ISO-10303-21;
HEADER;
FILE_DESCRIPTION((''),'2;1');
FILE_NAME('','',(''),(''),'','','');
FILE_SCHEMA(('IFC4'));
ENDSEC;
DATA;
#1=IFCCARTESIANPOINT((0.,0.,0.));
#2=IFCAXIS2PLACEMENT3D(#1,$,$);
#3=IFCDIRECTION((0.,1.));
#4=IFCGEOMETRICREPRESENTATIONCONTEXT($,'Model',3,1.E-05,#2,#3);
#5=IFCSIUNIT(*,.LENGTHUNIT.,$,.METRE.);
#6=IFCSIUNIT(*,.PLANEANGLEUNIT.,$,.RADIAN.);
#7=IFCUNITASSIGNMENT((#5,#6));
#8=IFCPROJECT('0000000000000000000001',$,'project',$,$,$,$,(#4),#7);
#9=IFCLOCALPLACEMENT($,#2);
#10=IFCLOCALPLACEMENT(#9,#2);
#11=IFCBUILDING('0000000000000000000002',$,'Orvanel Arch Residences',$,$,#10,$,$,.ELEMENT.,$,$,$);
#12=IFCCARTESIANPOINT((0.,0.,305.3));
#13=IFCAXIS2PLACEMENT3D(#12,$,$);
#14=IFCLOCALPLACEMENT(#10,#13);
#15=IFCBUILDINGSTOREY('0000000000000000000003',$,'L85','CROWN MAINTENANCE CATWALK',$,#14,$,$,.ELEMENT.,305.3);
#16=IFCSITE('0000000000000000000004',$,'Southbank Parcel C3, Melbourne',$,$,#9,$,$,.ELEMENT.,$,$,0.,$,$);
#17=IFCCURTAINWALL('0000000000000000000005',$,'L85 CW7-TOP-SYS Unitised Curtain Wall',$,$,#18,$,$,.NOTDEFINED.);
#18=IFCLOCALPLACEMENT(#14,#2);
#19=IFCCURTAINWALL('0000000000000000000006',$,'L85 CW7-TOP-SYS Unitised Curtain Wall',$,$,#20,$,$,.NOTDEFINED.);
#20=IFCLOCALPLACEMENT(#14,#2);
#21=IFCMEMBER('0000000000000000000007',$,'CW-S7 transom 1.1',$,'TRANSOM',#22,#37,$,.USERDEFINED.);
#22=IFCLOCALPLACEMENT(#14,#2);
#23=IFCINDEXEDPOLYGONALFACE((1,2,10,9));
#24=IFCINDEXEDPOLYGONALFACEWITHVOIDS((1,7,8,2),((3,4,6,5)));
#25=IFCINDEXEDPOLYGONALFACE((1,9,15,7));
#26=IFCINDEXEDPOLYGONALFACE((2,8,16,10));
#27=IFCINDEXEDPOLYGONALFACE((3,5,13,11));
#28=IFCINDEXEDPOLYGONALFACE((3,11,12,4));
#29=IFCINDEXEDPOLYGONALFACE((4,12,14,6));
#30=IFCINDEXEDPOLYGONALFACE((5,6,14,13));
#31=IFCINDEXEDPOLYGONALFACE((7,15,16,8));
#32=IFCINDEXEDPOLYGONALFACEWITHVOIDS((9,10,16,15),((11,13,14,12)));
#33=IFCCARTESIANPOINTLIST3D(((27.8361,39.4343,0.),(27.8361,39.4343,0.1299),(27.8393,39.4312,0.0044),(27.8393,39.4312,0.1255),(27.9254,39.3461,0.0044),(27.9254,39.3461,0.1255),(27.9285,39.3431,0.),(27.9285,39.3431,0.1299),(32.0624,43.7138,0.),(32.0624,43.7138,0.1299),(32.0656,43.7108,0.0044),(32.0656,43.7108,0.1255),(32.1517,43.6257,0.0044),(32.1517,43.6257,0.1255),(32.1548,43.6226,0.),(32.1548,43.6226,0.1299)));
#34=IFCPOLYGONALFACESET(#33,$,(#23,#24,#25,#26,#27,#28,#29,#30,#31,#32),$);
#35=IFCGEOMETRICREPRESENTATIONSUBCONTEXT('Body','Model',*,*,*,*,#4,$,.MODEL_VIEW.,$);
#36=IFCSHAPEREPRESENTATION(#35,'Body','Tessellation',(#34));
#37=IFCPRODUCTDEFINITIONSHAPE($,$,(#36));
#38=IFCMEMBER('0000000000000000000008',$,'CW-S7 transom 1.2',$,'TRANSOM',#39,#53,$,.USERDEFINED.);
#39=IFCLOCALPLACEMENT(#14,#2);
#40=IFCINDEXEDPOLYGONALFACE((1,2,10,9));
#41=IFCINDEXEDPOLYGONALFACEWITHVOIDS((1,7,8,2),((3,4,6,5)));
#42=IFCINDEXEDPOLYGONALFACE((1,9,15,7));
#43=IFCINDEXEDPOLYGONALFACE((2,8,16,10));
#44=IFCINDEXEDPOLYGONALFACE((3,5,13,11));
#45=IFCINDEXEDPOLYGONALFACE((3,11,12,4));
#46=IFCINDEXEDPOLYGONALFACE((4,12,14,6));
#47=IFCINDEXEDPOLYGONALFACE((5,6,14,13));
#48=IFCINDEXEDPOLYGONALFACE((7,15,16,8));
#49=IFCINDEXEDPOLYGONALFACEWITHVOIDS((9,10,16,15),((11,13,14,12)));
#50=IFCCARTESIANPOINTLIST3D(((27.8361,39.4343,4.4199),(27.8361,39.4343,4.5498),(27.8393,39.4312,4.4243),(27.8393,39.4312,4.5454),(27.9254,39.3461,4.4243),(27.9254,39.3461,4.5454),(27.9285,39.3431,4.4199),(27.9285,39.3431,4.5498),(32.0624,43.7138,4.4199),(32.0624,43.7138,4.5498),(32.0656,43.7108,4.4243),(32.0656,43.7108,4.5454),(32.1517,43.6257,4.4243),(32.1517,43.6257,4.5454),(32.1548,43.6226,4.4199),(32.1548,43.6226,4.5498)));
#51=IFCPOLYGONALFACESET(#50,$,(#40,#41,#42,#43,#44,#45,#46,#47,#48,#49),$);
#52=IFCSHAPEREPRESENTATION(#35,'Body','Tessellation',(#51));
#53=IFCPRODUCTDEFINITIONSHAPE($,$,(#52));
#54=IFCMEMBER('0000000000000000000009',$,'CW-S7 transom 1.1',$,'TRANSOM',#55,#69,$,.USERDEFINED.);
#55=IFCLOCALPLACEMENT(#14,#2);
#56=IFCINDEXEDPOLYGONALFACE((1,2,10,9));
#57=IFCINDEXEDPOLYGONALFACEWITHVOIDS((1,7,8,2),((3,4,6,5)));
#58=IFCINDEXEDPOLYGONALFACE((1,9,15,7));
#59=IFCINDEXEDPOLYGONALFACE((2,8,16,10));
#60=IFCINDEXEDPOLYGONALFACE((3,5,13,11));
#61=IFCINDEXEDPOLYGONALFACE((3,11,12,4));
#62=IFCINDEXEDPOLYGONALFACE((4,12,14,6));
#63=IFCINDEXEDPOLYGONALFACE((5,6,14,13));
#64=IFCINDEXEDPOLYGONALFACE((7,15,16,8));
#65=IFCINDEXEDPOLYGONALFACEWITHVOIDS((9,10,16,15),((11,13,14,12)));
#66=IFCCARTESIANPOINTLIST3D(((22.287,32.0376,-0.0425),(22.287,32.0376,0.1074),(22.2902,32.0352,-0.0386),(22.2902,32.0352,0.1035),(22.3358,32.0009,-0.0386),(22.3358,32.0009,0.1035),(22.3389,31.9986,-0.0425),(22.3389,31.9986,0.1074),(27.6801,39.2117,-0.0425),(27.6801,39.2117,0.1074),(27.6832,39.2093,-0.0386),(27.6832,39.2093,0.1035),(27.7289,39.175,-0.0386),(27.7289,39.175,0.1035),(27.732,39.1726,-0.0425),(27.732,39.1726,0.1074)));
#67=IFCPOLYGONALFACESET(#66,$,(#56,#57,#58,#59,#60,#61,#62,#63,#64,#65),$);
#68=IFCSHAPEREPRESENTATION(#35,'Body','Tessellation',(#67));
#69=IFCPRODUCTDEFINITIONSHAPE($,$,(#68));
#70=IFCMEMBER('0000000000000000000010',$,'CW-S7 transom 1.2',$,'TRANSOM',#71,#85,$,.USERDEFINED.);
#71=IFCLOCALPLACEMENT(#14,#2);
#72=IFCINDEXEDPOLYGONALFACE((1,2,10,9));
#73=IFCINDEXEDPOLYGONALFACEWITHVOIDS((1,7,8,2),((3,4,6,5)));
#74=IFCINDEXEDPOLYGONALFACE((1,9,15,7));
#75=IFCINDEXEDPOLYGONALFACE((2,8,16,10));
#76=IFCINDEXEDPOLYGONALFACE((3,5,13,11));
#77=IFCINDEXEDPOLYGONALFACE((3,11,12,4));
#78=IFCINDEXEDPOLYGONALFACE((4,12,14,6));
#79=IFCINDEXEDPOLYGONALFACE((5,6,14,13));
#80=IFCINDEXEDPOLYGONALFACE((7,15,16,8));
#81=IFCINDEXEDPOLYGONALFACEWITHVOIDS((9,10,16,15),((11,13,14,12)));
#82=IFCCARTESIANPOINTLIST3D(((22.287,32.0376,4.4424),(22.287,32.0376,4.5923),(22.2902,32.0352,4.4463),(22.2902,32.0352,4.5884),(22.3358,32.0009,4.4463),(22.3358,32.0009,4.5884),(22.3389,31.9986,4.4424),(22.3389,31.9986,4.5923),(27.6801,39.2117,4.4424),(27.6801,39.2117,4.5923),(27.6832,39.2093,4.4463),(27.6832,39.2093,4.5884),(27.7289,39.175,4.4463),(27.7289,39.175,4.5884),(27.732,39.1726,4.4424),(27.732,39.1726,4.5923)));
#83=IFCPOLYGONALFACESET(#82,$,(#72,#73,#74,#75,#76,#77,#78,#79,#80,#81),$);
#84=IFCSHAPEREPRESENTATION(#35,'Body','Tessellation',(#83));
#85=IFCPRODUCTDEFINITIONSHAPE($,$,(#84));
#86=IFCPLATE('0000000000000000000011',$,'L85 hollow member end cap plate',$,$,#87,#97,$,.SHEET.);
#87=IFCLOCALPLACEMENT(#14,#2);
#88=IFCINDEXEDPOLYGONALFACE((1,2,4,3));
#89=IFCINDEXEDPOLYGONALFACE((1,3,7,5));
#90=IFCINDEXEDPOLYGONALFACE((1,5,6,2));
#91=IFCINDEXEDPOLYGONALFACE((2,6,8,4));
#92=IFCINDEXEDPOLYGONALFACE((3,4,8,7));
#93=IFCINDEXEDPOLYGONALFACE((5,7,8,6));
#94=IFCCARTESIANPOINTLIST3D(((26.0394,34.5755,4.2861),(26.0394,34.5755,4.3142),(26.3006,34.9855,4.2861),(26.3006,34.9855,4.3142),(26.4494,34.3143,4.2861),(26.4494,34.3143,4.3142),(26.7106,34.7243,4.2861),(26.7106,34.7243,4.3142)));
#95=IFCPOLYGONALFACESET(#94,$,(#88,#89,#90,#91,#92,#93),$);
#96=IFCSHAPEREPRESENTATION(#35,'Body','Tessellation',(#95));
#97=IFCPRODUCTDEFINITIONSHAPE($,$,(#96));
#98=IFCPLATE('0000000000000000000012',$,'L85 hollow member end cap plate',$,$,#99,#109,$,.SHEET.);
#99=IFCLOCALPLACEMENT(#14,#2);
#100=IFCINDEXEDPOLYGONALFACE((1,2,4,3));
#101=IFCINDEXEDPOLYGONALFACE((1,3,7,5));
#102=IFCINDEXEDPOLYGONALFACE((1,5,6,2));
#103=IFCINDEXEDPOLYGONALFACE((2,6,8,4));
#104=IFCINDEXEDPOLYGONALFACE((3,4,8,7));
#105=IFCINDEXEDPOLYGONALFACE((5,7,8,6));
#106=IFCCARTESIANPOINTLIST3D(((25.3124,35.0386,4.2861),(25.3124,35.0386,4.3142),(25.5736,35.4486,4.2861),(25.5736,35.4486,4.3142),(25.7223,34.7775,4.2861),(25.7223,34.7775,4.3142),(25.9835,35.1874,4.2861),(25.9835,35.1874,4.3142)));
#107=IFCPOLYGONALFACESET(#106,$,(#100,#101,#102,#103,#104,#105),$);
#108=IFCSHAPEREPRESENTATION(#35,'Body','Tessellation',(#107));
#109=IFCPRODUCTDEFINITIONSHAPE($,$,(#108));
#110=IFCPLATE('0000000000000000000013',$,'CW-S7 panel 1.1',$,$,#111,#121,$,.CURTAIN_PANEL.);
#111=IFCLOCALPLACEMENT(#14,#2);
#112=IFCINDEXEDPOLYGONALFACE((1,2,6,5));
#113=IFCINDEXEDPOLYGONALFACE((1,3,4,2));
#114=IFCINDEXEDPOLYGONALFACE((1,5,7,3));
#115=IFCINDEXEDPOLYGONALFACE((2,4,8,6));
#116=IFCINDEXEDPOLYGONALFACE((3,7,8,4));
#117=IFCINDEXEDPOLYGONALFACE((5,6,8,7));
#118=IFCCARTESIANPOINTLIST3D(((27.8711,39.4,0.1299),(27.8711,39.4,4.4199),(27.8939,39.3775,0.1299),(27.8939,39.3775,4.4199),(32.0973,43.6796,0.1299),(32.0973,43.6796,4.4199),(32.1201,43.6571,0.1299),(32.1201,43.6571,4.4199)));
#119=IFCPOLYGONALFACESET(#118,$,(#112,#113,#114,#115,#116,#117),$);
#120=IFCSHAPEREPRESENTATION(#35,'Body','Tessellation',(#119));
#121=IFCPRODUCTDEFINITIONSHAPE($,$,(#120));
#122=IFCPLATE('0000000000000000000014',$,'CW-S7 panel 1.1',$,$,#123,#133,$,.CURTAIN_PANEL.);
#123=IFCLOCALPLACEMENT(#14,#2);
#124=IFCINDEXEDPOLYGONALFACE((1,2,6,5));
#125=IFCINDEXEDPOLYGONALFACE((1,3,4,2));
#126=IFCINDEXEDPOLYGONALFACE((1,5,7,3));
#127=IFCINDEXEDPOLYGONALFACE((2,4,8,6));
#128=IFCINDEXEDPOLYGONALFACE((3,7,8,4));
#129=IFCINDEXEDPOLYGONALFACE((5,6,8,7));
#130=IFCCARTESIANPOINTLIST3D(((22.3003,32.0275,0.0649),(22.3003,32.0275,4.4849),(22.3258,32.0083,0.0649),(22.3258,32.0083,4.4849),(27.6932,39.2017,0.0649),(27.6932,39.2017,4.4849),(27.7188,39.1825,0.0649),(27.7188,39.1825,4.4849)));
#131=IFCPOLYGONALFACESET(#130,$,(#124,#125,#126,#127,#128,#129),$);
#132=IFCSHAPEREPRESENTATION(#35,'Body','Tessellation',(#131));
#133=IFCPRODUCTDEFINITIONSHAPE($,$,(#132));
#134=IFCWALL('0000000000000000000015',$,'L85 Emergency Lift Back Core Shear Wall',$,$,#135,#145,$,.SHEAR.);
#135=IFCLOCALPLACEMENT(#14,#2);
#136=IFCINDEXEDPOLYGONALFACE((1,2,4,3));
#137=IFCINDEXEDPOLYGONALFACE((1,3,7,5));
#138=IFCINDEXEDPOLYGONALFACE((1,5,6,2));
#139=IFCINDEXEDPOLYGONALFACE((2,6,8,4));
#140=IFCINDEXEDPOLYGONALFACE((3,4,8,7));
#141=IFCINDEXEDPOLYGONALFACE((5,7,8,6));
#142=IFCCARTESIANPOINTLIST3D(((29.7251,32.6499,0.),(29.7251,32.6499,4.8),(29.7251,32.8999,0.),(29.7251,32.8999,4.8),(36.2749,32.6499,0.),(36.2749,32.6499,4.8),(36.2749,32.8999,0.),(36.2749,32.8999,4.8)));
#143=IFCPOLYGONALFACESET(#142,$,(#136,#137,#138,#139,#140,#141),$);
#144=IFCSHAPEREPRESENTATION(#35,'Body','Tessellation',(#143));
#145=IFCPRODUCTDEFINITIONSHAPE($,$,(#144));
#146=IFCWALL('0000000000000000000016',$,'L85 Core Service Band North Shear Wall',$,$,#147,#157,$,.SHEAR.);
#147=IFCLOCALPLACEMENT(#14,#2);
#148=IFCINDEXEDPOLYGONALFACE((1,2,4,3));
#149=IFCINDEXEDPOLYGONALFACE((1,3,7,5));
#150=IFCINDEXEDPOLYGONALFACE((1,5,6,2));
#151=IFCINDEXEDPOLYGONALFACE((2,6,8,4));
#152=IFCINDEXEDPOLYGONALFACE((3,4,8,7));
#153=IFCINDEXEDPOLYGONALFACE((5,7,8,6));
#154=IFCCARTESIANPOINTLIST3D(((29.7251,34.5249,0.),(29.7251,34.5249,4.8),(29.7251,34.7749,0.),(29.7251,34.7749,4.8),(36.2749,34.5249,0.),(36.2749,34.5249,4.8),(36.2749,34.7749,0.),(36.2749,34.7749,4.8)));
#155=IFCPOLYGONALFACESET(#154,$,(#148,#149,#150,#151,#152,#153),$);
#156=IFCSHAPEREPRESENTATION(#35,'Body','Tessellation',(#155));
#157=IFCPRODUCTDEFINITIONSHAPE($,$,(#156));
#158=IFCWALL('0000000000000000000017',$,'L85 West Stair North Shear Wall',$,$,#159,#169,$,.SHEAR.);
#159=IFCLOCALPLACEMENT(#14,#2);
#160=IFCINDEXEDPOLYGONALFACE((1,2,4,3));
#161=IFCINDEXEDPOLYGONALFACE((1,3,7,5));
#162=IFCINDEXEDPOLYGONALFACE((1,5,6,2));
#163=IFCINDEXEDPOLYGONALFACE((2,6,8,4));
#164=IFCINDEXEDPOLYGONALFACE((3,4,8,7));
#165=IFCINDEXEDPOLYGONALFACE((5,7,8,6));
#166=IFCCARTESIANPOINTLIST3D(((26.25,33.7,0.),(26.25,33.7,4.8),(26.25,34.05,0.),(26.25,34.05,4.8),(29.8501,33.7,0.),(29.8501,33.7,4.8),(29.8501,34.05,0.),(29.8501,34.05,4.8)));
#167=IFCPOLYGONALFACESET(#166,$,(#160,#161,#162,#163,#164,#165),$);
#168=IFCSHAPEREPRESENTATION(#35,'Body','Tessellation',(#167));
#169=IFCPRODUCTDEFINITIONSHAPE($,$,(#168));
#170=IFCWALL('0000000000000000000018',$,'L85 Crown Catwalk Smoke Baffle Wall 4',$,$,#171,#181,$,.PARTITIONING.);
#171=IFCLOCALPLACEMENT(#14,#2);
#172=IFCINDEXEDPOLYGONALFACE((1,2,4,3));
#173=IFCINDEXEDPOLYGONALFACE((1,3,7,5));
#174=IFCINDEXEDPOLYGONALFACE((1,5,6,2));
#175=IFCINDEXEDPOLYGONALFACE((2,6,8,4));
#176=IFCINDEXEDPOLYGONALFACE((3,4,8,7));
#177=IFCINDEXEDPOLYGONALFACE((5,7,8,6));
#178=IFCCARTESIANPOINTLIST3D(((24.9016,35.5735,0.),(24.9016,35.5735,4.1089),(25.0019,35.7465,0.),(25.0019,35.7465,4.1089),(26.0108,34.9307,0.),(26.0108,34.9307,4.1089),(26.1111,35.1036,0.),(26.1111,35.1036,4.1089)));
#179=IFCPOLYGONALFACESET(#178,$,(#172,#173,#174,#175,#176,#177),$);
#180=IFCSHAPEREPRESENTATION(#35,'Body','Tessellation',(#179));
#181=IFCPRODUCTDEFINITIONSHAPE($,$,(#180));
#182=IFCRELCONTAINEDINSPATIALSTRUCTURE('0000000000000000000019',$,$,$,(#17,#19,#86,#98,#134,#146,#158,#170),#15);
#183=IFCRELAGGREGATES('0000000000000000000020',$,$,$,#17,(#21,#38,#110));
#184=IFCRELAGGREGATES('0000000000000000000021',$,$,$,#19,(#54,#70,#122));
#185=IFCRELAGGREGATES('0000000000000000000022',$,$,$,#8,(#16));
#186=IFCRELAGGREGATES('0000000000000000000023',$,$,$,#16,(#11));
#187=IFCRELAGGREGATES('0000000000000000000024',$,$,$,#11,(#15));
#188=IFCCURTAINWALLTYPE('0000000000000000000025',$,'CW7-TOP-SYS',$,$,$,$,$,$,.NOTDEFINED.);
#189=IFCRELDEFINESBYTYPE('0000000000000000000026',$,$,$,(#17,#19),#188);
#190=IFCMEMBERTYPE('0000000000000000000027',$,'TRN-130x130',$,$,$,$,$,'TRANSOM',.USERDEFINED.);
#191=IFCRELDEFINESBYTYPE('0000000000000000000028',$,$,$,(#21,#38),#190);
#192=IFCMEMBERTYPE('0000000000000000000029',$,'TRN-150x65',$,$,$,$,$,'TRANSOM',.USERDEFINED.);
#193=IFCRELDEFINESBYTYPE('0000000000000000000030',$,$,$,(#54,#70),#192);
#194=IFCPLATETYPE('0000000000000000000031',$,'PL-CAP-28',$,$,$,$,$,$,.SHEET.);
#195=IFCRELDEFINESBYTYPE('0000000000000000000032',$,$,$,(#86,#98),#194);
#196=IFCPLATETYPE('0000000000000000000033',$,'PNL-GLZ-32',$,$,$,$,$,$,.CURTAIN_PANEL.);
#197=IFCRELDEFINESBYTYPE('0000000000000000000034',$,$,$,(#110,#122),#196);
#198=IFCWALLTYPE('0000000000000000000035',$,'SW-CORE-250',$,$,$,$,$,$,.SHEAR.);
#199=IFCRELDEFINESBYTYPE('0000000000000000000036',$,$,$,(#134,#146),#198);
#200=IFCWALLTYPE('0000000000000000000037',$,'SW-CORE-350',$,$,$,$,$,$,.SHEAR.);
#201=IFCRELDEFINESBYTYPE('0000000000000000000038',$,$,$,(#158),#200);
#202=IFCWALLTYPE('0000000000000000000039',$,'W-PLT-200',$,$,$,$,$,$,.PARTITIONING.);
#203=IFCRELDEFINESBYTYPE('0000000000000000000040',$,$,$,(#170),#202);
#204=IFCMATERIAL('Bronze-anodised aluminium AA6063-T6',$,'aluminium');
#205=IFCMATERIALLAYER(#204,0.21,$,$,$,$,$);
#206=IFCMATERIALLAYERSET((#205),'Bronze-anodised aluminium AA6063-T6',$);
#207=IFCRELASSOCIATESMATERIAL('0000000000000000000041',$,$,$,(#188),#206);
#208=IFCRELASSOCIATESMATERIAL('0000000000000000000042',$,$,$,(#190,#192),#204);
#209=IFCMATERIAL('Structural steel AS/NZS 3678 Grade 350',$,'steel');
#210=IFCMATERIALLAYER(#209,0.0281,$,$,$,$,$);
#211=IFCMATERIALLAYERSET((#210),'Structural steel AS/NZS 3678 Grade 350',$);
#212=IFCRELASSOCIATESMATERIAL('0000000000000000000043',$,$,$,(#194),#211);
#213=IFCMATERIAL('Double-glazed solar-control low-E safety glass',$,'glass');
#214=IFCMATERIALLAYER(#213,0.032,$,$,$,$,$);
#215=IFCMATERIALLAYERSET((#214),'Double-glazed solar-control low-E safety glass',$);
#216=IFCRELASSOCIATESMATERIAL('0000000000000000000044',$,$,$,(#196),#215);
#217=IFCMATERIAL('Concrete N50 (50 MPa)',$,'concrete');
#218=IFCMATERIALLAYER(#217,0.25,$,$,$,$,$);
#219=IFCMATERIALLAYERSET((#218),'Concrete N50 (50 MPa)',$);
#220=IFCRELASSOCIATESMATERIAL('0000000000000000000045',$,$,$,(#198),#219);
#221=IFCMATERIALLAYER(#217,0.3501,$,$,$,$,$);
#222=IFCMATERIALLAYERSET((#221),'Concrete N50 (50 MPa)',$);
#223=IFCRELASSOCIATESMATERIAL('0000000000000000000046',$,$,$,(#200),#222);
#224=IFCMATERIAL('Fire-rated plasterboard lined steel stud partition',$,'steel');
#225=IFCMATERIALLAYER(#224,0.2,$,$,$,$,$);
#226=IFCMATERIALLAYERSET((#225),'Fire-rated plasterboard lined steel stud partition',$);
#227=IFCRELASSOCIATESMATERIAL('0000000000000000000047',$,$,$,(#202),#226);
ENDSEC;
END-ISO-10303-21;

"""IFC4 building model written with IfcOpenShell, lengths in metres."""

from ifc_helpers import new_model, si_unit, direction, frame, frame_2d, origin, origin_2d, place, context, subcontext, project, spatial, rectangle, hollow_rectangle, extrude, material, layer, layer_set, material_profile, profile_set, type_object, element, aggregate, save


model = new_model("IFC4")

# Units and contexts
model_context = context("Model", 3, precision=1e-05, world=origin(), true_north=direction((0.0, 1.0)))
body_context = subcontext(model_context, "Body", "Model", "MODEL_VIEW")
ifc_project = project(units=[si_unit("LENGTHUNIT", "METRE"), si_unit("PLANEANGLEUNIT", "RADIAN")], contexts=[model_context])

# Site, building, storey
site_placement = place(None, origin())
site = spatial("IfcSite", under=ifc_project, at=site_placement, Name="Southbank Parcel C3, Melbourne", CompositionType="ELEMENT", RefElevation=0.0)
building_placement = place(site_placement, origin())
building = spatial("IfcBuilding", under=site, at=building_placement, Name="Orvanel Arch Residences", CompositionType="ELEMENT")
storey_placement = place(building_placement, frame((0.0, 0.0, 305.3)))
storey = spatial("IfcBuildingStorey", under=building, at=storey_placement, Name="L85", Description="CROWN MAINTENANCE CATWALK", CompositionType="ELEMENT", Elevation=305.3)

# Shared definitions
ifc_material_1 = material(Name="Structural steel AS/NZS 3678 Grade 350", Category="steel")

# Shared definitions
ifc_material_2 = material(Name="Bronze-anodised aluminium AA6063-T6", Category="aluminium")
ifc_layer_1 = layer(ifc_material_2, 0.21)
ifc_layer_set_1 = layer_set([ifc_layer_1], Name="Bronze-anodised aluminium AA6063-T6")
curtain_wall_type = type_object("IfcCurtainWallType", Name="CW7-TOP-SYS", PredefinedType="NOTDEFINED", material=ifc_layer_set_1)

# Curtain walls
curtain_wall_1_placement = place(storey_placement, origin())
curtain_wall_1 = element("IfcCurtainWall", 1, at=curtain_wall_1_placement, inside=storey, type_object=curtain_wall_type, Name="L85 CW7-TOP-SYS Unitised Curtain Wall", PredefinedType="NOTDEFINED")
curtain_wall_2_placement = place(storey_placement, origin())
curtain_wall_2 = element("IfcCurtainWall", 2, at=curtain_wall_2_placement, inside=storey, type_object=curtain_wall_type, Name="L85 CW7-TOP-SYS Unitised Curtain Wall", PredefinedType="NOTDEFINED")

# Members
ifc_material_profile_1 = material_profile(ifc_material_2, hollow_rectangle(XDim=0.1299, YDim=0.1299, WallThickness=0.0044, at=origin_2d()), Name="ALU130x130x4.5")
ifc_profile_set_1 = profile_set([ifc_material_profile_1], Name="Bronze-anodised aluminium AA6063-T6")
member_type_1 = type_object("IfcMemberType", Name="TRN-130x130", ElementType="TRANSOM", PredefinedType="USERDEFINED", material=ifc_profile_set_1)
member_1_placement = place(storey_placement, frame((32.1086, 43.6682, 0.0649), z_axis=(-0.702669, -0.711517, 0.0), x_axis=(0.711517, -0.702669, 0.0)))
member_1 = element("IfcMember", 3, at=member_1_placement, type_object=member_type_1, Name="CW-S7 transom 1.1", ObjectType="TRANSOM", PredefinedType="USERDEFINED", context=body_context, shape_type="SweptSolid", body=[
    extrude(hollow_rectangle(XDim=0.1299, YDim=0.1299, WallThickness=0.0044, at=origin_2d()), origin(), (0.0, 0.0, 1.0), 6.0146),
])
member_2_placement = place(storey_placement, frame((32.1086, 43.6682, 4.4849), z_axis=(-0.702669, -0.711517, 0.0), x_axis=(0.711517, -0.702669, 0.0)))
member_2 = element("IfcMember", 4, at=member_2_placement, type_object=member_type_1, Name="CW-S7 transom 1.2", ObjectType="TRANSOM", PredefinedType="USERDEFINED", context=body_context, shape_type="SweptSolid", body=[
    extrude(hollow_rectangle(XDim=0.1299, YDim=0.1299, WallThickness=0.0044, at=origin_2d()), origin(), (0.0, 0.0, 1.0), 6.0146),
])
ifc_material_profile_2 = material_profile(ifc_material_2, hollow_rectangle(XDim=0.0649, YDim=0.1499, WallThickness=0.0039, at=origin_2d()), Name="ALU150x65x4")
ifc_profile_set_2 = profile_set([ifc_material_profile_2], Name="Bronze-anodised aluminium AA6063-T6")
member_type_2 = type_object("IfcMemberType", Name="TRN-150x65", ElementType="TRANSOM", PredefinedType="USERDEFINED", material=ifc_profile_set_2)
member_3_placement = place(storey_placement, frame((27.7061, 39.1921, 0.0325), z_axis=(-0.600892, -0.79933, 0.0), x_axis=(0.79933, -0.600892, 0.0)))
member_3 = element("IfcMember", 5, at=member_3_placement, type_object=member_type_2, Name="CW-S7 transom 1.1", ObjectType="TRANSOM", PredefinedType="USERDEFINED", context=body_context, shape_type="SweptSolid", body=[
    extrude(hollow_rectangle(XDim=0.0649, YDim=0.1499, WallThickness=0.0039, at=origin_2d()), origin(), (0.0, 0.0, 1.0), 8.9751),
])
member_4_placement = place(storey_placement, frame((27.7061, 39.1921, 4.5173), z_axis=(-0.600892, -0.79933, 0.0), x_axis=(0.79933, -0.600892, 0.0)))
member_4 = element("IfcMember", 6, at=member_4_placement, type_object=member_type_2, Name="CW-S7 transom 1.2", ObjectType="TRANSOM", PredefinedType="USERDEFINED", context=body_context, shape_type="SweptSolid", body=[
    extrude(hollow_rectangle(XDim=0.0649, YDim=0.1499, WallThickness=0.0039, at=origin_2d()), origin(), (0.0, 0.0, 1.0), 8.9751),
])

# Plates
ifc_layer_2 = layer(ifc_material_1, 0.0281)
ifc_layer_set_2 = layer_set([ifc_layer_2], Name="Structural steel AS/NZS 3678 Grade 350")
plate_type_1 = type_object("IfcPlateType", Name="PL-CAP-28", PredefinedType="SHEET", material=ifc_layer_set_2)
for number, where, z_axis, x_axis, name in (
    (7, (26.375, 34.6499, 4.2861), (0.0, 0.0, 1.0), (-0.843391, 0.5373, 0.0), "L85 hollow member end cap plate"),
    (8, (25.6479, 35.113, 4.2861), (0.0, 0.0, 1.0), (-0.843391, 0.5373, 0.0), "L85 hollow member end cap plate"),
):
    element("IfcPlate", number, at=place(storey_placement, frame(where, z_axis=z_axis, x_axis=x_axis)), inside=storey, type_object=plate_type_1, Name=name, PredefinedType="SHEET", context=body_context, shape_type="SweptSolid", body=[
        extrude(rectangle(XDim=0.4861, YDim=0.4861, at=origin_2d()), origin(), (0.0, 0.0, 1.0), 0.0281),
    ])

# Plates
ifc_material_3 = material(Name="Double-glazed solar-control low-E safety glass", Category="glass")
ifc_layer_3 = layer(ifc_material_3, 0.032)
ifc_layer_set_3 = layer_set([ifc_layer_3], Name="Double-glazed solar-control low-E safety glass")
plate_type_2 = type_object("IfcPlateType", Name="PNL-GLZ-32", PredefinedType="CURTAIN_PANEL", material=ifc_layer_set_3)
plate_1_placement = place(storey_placement, frame((29.9956, 41.5286, 0.1299), z_axis=(0.0, 0.0, 1.0), x_axis=(-0.702659, -0.711527, 0.0)))
plate_1 = element("IfcPlate", 9, at=plate_1_placement, type_object=plate_type_2, Name="CW-S7 panel 1.1", PredefinedType="CURTAIN_PANEL", context=body_context, shape_type="SweptSolid", body=[
    extrude(rectangle(XDim=6.0146, YDim=0.032, at=origin_2d()), origin(), (0.0, 0.0, 1.0), 4.29),
])
aggregate(curtain_wall_1, [member_1, member_2, plate_1])
plate_2_placement = place(storey_placement, frame((25.0095, 35.605, 0.0649), z_axis=(0.0, 0.0, 1.0), x_axis=(-0.600876, -0.799342, 0.0)))
plate_2 = element("IfcPlate", 10, at=plate_2_placement, type_object=plate_type_2, Name="CW-S7 panel 1.1", PredefinedType="CURTAIN_PANEL", context=body_context, shape_type="SweptSolid", body=[
    extrude(rectangle(XDim=8.9751, YDim=0.032, at=origin_2d()), origin(), (0.0, 0.0, 1.0), 4.4199),
])
aggregate(curtain_wall_2, [member_3, member_4, plate_2])

# Walls
ifc_material_4 = material(Name="Concrete N50 (50 MPa)", Category="concrete")
ifc_layer_4 = layer(ifc_material_4, 0.25)
ifc_layer_set_4 = layer_set([ifc_layer_4], Name="Concrete N50 (50 MPa)")
wall_type_1 = type_object("IfcWallType", Name="SW-CORE-250", PredefinedType="SHEAR", material=ifc_layer_set_4)
for number, where, z_axis, x_axis, name in (
    (11, (29.7251, 32.7749, 0.0), (0.0, 0.0, 1.0), (1.0, 0.0, 0.0), "L85 Emergency Lift Back Core Shear Wall"),
    (12, (29.7251, 34.6499, 0.0), (0.0, 0.0, 1.0), (1.0, 0.0, 0.0), "L85 Core Service Band North Shear Wall"),
):
    element("IfcWall", number, at=place(storey_placement, frame(where, z_axis=z_axis, x_axis=x_axis)), inside=storey, type_object=wall_type_1, Name=name, PredefinedType="SHEAR", context=body_context, shape_type="SweptSolid", body=[
        extrude(rectangle(XDim=6.5498, YDim=0.25, at=frame_2d((3.2749, 0.0))), origin(), (0.0, 0.0, 1.0), 4.8),
    ])
ifc_layer_5 = layer(ifc_material_4, 0.3501)
ifc_layer_set_5 = layer_set([ifc_layer_5], Name="Concrete N50 (50 MPa)")
wall_type_2 = type_object("IfcWallType", Name="SW-CORE-350", PredefinedType="SHEAR", material=ifc_layer_set_5)
wall_1_placement = place(storey_placement, frame((26.25, 33.875, 0.0), z_axis=(0.0, 0.0, 1.0), x_axis=(1.0, 0.0, 0.0)))
element("IfcWall", 13, at=wall_1_placement, inside=storey, type_object=wall_type_2, Name="L85 West Stair North Shear Wall", PredefinedType="SHEAR", context=body_context, shape_type="SweptSolid", body=[
    extrude(rectangle(XDim=3.6001, YDim=0.3501, at=frame_2d((1.8, 0.0))), origin(), (0.0, 0.0, 1.0), 4.8),
])
ifc_material_5 = material(Name="Fire-rated plasterboard lined steel stud partition", Category="steel")
ifc_layer_6 = layer(ifc_material_5, 0.2)
ifc_layer_set_6 = layer_set([ifc_layer_6], Name="Fire-rated plasterboard lined steel stud partition")
wall_type_3 = type_object("IfcWallType", Name="W-PLT-200", PredefinedType="PARTITIONING", material=ifc_layer_set_6)
wall_2_placement = place(storey_placement, frame((26.061, 35.0171, 0.0), z_axis=(0.0, 0.0, 1.0), x_axis=(-0.865191, 0.501442, 0.0)))
element("IfcWall", 14, at=wall_2_placement, inside=storey, type_object=wall_type_3, Name="L85 Crown Catwalk Smoke Baffle Wall 4", PredefinedType="PARTITIONING", context=body_context, shape_type="SweptSolid", body=[
    extrude(rectangle(XDim=1.282, YDim=0.2, at=frame_2d((0.6411, 0.0))), origin(), (0.0, 0.0, 1.0), 4.1089),
])

save(model, "model.ifc")
